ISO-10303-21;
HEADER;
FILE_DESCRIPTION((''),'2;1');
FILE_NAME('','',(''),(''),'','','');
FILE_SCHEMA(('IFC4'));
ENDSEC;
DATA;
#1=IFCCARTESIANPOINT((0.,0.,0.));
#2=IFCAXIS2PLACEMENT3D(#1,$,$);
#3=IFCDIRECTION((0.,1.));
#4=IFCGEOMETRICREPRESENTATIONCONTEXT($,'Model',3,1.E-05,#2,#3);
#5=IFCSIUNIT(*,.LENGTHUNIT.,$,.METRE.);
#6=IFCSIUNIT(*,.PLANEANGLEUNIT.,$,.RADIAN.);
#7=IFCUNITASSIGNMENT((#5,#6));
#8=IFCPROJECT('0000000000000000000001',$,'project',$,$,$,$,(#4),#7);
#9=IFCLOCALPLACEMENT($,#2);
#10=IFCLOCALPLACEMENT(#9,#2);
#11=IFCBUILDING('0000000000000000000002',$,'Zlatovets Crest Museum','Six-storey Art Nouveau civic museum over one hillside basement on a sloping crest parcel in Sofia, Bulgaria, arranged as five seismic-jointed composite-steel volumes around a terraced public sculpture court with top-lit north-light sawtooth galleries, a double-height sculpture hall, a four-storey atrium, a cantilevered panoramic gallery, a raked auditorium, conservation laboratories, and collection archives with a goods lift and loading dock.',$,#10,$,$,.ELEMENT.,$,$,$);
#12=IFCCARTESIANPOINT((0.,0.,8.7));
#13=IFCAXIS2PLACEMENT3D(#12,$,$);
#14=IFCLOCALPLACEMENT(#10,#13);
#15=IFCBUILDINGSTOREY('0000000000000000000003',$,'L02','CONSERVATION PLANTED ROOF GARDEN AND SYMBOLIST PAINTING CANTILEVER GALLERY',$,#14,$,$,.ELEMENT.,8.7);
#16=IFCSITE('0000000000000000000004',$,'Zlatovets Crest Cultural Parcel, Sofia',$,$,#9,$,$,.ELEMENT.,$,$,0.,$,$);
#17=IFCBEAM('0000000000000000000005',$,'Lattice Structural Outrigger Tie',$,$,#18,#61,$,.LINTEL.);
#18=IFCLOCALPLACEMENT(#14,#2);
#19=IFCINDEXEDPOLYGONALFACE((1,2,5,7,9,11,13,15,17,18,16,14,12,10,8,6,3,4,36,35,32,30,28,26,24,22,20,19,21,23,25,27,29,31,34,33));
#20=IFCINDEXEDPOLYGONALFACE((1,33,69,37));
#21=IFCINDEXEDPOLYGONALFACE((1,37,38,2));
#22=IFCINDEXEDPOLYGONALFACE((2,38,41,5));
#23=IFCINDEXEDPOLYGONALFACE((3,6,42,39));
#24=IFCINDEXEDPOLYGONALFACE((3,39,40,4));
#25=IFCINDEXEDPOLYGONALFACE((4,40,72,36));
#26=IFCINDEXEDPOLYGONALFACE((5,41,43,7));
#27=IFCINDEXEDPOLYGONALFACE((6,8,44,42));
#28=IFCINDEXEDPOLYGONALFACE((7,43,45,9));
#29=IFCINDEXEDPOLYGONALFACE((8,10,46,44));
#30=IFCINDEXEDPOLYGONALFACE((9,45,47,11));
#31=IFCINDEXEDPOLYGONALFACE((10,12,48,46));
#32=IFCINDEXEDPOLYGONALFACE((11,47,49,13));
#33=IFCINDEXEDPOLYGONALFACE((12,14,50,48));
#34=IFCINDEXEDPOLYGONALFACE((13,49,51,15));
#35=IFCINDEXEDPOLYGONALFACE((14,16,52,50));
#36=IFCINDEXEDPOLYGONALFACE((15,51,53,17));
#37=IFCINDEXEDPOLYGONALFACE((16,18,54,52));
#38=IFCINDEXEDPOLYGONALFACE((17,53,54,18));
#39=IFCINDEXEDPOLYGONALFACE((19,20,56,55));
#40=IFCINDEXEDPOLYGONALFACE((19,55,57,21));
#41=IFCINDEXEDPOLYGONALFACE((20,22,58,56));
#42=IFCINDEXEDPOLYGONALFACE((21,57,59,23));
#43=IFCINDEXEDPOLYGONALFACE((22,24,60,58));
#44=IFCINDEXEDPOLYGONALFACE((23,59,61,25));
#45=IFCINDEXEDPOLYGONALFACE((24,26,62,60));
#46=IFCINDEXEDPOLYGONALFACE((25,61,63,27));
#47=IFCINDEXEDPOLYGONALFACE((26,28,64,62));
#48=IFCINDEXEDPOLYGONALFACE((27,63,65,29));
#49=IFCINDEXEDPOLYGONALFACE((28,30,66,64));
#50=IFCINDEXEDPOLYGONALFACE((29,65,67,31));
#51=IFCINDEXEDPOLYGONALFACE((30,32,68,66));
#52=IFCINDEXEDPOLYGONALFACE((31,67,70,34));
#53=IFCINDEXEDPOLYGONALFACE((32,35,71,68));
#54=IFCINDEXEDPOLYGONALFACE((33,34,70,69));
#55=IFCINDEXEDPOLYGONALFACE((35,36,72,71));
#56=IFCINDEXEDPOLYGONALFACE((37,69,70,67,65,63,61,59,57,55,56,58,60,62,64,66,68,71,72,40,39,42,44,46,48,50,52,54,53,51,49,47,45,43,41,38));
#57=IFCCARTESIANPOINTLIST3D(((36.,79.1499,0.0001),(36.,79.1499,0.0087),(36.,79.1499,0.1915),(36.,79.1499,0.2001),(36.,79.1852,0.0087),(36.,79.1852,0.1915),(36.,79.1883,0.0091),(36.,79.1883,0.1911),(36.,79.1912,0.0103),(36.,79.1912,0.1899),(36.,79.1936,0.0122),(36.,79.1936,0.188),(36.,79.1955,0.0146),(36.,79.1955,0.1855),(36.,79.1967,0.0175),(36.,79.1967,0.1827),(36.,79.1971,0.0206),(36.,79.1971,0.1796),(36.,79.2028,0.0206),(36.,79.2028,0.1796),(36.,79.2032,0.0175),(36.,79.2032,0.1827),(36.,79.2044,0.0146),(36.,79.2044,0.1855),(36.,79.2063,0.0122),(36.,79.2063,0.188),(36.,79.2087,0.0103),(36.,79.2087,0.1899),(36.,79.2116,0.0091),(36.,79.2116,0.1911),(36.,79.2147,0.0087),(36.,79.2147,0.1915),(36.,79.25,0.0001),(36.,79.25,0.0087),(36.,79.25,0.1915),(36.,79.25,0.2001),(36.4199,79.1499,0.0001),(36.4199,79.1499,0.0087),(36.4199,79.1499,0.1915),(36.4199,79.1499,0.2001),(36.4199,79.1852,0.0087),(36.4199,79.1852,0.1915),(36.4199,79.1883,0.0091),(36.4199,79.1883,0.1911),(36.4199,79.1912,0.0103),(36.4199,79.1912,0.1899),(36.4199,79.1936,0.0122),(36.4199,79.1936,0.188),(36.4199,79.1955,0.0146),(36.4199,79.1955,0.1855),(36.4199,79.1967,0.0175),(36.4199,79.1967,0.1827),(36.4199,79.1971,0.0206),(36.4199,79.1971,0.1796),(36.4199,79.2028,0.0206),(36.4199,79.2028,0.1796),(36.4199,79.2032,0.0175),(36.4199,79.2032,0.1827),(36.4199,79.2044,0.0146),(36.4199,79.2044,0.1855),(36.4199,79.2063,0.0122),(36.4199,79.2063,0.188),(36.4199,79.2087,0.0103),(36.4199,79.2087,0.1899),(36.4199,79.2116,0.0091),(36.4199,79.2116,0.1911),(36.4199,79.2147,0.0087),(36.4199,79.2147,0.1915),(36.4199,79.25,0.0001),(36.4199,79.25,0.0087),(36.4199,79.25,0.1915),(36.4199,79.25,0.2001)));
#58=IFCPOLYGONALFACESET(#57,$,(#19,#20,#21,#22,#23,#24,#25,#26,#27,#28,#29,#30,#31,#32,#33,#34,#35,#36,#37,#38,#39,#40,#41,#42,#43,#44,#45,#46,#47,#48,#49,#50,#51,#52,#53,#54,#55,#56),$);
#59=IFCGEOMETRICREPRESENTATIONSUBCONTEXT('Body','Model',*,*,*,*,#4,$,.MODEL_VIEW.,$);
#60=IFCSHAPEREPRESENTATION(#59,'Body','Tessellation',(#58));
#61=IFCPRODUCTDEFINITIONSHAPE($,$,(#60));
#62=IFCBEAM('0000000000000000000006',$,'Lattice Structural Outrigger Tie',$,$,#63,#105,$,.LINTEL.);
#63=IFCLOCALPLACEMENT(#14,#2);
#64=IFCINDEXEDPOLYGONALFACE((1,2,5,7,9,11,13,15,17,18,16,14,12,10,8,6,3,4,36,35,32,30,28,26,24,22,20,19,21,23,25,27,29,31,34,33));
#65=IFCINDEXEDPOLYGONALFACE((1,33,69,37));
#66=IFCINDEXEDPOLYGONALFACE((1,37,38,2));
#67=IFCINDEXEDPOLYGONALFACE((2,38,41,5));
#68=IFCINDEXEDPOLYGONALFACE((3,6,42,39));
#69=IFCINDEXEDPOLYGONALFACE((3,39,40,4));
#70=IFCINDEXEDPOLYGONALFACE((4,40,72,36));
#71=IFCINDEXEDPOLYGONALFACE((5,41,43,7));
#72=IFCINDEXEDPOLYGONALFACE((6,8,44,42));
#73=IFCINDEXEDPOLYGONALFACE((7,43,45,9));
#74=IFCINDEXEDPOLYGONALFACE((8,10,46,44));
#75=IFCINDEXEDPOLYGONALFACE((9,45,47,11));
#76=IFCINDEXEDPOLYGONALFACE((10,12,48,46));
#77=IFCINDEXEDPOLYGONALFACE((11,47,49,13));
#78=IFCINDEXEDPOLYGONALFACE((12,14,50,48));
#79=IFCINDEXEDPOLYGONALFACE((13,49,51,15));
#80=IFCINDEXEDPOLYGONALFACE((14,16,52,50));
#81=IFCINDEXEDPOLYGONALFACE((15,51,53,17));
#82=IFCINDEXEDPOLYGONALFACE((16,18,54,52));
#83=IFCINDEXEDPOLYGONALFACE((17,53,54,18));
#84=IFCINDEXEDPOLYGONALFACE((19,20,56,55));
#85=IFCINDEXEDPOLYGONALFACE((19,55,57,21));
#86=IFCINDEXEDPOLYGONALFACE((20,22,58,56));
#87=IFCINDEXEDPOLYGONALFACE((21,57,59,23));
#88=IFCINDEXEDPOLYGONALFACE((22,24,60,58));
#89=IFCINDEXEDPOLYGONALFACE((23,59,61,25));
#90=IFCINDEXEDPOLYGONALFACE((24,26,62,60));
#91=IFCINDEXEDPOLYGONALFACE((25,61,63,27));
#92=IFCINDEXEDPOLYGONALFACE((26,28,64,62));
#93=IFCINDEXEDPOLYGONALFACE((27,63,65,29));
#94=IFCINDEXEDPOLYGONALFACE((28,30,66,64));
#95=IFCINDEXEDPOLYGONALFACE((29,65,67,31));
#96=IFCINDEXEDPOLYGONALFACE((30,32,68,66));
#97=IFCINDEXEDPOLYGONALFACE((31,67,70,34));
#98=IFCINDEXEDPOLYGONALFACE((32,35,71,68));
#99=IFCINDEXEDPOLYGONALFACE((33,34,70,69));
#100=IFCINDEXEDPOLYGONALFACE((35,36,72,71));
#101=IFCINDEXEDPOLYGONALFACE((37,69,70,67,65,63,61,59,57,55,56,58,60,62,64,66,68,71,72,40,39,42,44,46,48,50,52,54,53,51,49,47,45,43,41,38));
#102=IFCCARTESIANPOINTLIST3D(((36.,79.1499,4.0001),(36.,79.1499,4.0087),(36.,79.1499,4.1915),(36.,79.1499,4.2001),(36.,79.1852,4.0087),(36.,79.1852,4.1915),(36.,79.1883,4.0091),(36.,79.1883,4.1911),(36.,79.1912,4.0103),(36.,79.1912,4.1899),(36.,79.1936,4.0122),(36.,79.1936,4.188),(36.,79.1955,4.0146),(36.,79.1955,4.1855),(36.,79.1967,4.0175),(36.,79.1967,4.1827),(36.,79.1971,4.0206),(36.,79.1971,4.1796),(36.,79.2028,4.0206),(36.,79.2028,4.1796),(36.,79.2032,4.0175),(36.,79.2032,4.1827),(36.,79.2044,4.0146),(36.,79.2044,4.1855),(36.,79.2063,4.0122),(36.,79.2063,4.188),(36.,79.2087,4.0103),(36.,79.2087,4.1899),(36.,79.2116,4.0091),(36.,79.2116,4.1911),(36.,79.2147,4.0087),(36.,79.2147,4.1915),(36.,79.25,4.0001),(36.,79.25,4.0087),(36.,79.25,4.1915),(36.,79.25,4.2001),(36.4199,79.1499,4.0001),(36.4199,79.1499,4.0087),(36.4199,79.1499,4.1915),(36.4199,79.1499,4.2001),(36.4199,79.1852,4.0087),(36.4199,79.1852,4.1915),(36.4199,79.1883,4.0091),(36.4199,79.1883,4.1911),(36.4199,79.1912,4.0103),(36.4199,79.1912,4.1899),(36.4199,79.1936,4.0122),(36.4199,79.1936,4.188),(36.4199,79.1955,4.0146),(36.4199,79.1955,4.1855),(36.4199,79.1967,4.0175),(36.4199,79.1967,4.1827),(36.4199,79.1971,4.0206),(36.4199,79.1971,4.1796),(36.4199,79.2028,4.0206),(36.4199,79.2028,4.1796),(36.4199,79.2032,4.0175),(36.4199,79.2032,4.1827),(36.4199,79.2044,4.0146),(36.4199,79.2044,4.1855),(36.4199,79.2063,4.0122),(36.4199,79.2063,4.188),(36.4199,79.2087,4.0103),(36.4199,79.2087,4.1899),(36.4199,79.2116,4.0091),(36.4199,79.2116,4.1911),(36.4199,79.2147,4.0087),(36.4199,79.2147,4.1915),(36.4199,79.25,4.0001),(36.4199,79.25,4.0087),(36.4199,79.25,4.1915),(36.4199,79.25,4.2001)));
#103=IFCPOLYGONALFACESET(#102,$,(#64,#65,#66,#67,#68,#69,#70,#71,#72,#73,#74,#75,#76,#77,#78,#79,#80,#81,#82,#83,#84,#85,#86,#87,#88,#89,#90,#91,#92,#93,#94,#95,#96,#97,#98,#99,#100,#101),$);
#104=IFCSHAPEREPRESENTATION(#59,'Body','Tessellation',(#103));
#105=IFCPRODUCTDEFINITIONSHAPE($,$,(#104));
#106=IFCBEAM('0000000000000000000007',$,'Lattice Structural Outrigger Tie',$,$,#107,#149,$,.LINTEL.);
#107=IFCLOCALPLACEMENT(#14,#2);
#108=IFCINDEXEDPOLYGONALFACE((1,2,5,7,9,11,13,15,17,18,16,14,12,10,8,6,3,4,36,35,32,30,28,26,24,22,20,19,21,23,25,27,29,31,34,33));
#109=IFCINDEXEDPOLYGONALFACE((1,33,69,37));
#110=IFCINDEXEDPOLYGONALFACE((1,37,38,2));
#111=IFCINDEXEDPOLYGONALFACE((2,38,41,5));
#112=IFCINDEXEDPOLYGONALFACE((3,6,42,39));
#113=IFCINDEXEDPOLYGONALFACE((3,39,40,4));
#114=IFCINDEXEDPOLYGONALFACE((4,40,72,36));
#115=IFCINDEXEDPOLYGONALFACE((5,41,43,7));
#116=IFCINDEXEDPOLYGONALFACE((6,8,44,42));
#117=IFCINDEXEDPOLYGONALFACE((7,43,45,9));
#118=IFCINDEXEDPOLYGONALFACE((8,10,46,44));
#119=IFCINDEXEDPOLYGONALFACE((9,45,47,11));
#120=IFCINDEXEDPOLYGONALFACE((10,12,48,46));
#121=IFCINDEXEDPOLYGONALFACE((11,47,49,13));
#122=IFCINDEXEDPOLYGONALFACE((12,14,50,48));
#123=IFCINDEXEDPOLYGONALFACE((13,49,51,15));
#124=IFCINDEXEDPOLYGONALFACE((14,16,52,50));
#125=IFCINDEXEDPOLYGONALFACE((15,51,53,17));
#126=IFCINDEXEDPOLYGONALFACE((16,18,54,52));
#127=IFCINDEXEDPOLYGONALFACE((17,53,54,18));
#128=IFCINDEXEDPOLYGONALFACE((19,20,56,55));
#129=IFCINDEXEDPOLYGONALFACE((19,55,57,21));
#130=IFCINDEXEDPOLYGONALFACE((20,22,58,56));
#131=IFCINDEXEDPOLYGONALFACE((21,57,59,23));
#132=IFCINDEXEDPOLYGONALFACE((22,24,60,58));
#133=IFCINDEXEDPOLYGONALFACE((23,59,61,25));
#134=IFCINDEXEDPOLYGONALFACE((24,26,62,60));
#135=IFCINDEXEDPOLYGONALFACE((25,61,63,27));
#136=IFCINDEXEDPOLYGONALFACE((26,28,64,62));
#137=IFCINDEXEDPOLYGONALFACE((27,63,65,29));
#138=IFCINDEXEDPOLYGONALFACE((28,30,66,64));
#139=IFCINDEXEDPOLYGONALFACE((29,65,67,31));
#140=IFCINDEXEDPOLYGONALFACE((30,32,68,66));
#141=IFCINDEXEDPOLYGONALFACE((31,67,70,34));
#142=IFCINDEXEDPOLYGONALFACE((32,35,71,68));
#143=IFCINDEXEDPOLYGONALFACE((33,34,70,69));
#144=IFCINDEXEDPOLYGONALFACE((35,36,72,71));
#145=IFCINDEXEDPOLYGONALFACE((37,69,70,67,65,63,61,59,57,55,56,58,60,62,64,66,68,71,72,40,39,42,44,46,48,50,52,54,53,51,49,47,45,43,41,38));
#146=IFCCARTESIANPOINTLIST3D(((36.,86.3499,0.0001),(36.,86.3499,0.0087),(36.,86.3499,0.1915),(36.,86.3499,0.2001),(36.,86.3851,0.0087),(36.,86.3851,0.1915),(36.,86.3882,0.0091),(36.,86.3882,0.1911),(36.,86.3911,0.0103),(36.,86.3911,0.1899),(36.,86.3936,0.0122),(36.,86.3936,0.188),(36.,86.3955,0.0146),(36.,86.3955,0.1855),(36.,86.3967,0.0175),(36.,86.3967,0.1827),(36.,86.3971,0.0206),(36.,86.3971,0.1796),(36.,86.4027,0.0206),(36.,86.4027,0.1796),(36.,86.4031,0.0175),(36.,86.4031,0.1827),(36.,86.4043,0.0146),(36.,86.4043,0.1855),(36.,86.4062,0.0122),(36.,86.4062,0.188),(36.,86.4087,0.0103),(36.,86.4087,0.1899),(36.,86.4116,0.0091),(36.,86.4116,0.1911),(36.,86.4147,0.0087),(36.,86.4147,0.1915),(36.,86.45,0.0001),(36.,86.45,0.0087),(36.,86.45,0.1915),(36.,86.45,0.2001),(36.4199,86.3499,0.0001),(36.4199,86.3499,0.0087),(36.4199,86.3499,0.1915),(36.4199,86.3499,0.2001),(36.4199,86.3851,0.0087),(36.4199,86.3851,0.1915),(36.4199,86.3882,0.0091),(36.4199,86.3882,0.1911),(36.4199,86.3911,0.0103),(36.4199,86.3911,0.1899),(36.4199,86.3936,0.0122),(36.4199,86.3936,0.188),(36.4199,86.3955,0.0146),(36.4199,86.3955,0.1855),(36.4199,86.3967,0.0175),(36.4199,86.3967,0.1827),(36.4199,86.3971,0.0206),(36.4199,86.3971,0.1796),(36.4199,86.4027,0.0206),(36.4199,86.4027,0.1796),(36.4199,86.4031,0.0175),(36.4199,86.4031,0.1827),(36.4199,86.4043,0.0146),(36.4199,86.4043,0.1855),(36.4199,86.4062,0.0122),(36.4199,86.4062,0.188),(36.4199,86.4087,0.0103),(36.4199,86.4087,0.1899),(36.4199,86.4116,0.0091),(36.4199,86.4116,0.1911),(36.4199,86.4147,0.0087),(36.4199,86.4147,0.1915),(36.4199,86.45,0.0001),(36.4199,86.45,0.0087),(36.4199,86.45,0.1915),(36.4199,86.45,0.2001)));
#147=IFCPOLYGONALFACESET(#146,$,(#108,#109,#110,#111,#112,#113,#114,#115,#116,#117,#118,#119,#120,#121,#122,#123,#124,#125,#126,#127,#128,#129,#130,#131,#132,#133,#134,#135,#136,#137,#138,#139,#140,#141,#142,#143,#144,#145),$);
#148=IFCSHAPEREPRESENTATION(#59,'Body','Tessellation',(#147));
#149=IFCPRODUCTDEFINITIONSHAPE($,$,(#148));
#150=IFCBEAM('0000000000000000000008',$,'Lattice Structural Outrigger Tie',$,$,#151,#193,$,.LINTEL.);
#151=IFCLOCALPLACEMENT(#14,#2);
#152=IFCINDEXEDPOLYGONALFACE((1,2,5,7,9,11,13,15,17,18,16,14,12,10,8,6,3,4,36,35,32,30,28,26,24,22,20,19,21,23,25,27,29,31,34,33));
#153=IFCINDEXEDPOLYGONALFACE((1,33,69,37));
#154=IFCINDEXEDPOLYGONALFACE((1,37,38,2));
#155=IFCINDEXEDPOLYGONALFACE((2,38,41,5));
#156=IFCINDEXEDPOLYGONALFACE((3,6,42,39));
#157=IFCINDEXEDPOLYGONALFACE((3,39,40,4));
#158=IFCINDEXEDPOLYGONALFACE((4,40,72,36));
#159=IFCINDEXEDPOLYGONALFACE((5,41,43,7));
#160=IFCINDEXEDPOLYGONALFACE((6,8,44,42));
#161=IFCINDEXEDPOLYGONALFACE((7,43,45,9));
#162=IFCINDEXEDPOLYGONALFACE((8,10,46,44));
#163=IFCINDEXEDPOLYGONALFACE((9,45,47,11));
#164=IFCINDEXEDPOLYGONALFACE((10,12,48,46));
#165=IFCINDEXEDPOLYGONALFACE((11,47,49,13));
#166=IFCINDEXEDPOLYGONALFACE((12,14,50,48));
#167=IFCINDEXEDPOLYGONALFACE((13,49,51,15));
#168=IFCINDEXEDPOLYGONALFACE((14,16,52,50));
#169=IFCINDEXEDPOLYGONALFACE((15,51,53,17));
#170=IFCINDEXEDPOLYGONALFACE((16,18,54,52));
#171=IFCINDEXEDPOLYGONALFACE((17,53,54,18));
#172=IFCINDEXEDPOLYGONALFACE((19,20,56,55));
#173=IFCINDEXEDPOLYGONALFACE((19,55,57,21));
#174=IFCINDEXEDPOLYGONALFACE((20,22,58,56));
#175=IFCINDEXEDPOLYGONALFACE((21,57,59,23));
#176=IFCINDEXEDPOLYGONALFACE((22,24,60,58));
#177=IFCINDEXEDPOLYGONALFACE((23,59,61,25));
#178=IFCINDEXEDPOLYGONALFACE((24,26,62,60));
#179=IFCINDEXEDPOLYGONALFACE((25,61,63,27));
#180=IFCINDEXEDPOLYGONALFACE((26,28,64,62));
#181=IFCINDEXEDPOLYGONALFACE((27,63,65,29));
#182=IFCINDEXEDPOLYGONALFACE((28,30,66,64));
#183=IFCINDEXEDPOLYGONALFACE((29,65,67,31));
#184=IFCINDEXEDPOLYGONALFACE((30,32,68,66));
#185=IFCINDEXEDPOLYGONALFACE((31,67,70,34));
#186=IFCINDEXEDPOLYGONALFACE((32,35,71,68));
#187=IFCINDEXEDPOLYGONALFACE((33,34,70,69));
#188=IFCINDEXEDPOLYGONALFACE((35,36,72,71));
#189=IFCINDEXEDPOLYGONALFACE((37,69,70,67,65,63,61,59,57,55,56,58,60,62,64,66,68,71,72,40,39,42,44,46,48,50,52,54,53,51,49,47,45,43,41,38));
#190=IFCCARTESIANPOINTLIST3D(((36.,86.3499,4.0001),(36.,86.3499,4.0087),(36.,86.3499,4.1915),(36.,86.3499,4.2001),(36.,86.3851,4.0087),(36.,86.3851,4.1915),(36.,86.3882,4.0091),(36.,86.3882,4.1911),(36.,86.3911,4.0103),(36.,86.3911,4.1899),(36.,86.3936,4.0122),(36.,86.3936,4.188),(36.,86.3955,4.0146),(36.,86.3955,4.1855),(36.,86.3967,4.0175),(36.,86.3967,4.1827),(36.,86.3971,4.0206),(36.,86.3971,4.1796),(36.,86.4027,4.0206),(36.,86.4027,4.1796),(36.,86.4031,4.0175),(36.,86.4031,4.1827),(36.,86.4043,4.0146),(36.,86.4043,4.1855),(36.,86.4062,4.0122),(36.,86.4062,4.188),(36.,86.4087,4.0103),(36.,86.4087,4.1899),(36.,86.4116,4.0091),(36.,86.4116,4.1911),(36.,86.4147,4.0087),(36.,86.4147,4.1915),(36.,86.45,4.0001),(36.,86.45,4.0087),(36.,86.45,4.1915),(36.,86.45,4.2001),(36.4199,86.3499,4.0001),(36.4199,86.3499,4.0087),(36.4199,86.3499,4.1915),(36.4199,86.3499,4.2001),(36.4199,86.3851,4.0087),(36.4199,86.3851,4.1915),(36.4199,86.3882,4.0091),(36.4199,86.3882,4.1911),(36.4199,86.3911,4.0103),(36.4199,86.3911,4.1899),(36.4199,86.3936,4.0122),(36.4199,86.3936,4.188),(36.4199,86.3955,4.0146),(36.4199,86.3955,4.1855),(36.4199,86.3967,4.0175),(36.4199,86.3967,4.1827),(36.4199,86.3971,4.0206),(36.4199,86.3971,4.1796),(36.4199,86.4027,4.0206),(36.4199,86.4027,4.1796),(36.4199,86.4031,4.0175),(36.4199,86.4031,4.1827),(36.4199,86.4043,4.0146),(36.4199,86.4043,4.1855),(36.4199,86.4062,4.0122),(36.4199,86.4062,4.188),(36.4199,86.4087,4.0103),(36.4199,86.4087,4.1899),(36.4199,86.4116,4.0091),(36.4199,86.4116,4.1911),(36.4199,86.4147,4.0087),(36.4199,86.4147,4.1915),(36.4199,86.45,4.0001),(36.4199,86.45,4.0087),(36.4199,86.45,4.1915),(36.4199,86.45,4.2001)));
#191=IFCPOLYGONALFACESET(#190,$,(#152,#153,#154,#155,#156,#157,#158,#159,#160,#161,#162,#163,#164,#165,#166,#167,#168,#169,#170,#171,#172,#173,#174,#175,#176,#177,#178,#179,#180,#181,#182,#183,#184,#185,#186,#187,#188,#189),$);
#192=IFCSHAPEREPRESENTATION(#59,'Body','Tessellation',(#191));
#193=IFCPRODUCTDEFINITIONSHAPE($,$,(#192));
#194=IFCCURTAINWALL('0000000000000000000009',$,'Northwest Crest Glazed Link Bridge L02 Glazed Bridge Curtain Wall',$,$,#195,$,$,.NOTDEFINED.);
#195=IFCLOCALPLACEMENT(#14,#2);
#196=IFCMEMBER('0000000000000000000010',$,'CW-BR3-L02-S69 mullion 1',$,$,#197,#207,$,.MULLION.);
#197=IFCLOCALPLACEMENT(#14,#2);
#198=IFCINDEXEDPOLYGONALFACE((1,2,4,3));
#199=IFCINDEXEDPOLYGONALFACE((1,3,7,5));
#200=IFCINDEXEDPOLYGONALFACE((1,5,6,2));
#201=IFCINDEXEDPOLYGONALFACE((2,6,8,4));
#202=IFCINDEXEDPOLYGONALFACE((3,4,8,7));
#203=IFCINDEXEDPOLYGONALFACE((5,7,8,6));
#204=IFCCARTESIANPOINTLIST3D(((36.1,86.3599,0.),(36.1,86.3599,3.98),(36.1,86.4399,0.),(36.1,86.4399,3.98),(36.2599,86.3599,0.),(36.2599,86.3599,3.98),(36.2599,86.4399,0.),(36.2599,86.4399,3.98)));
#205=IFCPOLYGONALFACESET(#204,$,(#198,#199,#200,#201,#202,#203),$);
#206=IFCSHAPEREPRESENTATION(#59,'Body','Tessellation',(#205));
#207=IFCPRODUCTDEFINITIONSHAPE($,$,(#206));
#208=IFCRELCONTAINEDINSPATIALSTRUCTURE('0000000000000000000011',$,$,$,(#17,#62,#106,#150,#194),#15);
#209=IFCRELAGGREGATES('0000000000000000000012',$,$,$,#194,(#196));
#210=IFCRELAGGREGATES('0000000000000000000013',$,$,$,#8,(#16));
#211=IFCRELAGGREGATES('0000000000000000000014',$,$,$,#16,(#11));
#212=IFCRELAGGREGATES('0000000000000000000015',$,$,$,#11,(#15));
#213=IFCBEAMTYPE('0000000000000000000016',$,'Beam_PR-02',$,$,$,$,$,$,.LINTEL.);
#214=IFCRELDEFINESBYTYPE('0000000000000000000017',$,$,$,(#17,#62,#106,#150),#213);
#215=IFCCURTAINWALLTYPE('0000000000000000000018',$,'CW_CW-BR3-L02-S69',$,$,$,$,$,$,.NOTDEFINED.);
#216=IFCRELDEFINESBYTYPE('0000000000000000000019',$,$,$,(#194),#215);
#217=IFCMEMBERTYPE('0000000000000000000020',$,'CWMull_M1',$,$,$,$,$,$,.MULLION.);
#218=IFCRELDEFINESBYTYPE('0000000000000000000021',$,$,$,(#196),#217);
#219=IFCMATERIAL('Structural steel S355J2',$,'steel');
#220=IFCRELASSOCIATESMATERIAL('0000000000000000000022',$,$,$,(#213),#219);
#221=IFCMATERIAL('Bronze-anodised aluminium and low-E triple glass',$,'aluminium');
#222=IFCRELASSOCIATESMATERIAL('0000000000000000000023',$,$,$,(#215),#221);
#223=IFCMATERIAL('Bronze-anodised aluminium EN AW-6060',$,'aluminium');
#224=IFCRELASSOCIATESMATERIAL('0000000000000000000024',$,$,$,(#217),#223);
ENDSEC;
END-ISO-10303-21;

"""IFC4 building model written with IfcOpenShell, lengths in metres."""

from ifc_helpers import new_model, si_unit, direction, frame, origin, origin_2d, place, context, subcontext, project, spatial, rectangle, i_section, extrude, material, material_profile, profile_set, type_object, element, aggregate, save


model = new_model("IFC4")

# Units and contexts
model_context = context("Model", 3, precision=1e-05, world=origin(), true_north=direction((0.0, 1.0)))
body_context = subcontext(model_context, "Body", "Model", "MODEL_VIEW")
ifc_project = project(units=[si_unit("LENGTHUNIT", "METRE"), si_unit("PLANEANGLEUNIT", "RADIAN")], contexts=[model_context])

# Site, building, storey
site_placement = place(None, origin())
site = spatial("IfcSite", under=ifc_project, at=site_placement, Name="Zlatovets Crest Cultural Parcel, Sofia", CompositionType="ELEMENT", RefElevation=0.0)
building_placement = place(site_placement, origin())
building = spatial("IfcBuilding", under=site, at=building_placement, Name="Zlatovets Crest Museum", Description="Six-storey Art Nouveau civic museum over one hillside basement on a sloping crest parcel in Sofia, Bulgaria, arranged as five seismic-jointed composite-steel volumes around a terraced public sculpture court with top-lit north-light sawtooth galleries, a double-height sculpture hall, a four-storey atrium, a cantilevered panoramic gallery, a raked auditorium, conservation laboratories, and collection archives with a goods lift and loading dock.", CompositionType="ELEMENT")
storey_placement = place(building_placement, frame((0.0, 0.0, 8.7)))
storey = spatial("IfcBuildingStorey", under=building, at=storey_placement, Name="L02", Description="CONSERVATION PLANTED ROOF GARDEN AND SYMBOLIST PAINTING CANTILEVER GALLERY", CompositionType="ELEMENT", Elevation=8.7)

# Shared definitions
ifc_material_1 = material(Name="Structural steel S355J2", Category="steel")

# Beams
ifc_material_profile_1 = material_profile(ifc_material_1, i_section(OverallWidth=0.1001, OverallDepth=0.2, WebThickness=0.0056, FlangeThickness=0.0085, FilletRadius=0.012, at=origin_2d()), Name="IPE 200")
ifc_profile_set_1 = profile_set([ifc_material_profile_1], Name="Structural steel S355J2")
beam_type_1 = type_object("IfcBeamType", Name="Beam_PR-02", PredefinedType="LINTEL", material=ifc_profile_set_1)
for number, where, z_axis, x_axis, name in (
    (1, (36.0, 79.2, 0.1001), (1.0, 0.0, 0.0), (0.0, 1.0, 0.0), "Lattice Structural Outrigger Tie"),
    (2, (36.0, 79.2, 4.1001), (1.0, 0.0, 0.0), (0.0, 1.0, 0.0), "Lattice Structural Outrigger Tie"),
    (3, (36.0, 86.3999, 0.1001), (1.0, 0.0, 0.0), (0.0, 1.0, 0.0), "Lattice Structural Outrigger Tie"),
    (4, (36.0, 86.3999, 4.1001), (1.0, 0.0, 0.0), (0.0, 1.0, 0.0), "Lattice Structural Outrigger Tie"),
):
    element("IfcBeam", number, at=place(storey_placement, frame(where, z_axis=z_axis, x_axis=x_axis)), inside=storey, type_object=beam_type_1, Name=name, PredefinedType="LINTEL", context=body_context, shape_type="SweptSolid", body=[
        extrude(i_section(OverallWidth=0.1001, OverallDepth=0.2, WebThickness=0.0056, FlangeThickness=0.0085, FilletRadius=0.012, at=origin_2d()), origin(), (0.0, 0.0, 1.0), 0.4199),
    ])

# Curtain wall, member
ifc_material_2 = material(Name="Bronze-anodised aluminium and low-E triple glass", Category="aluminium")
curtain_wall_type = type_object("IfcCurtainWallType", Name="CW_CW-BR3-L02-S69", PredefinedType="NOTDEFINED", material=ifc_material_2)
curtain_wall_placement = place(storey_placement, origin())
curtain_wall = element("IfcCurtainWall", 5, at=curtain_wall_placement, inside=storey, type_object=curtain_wall_type, Name="Northwest Crest Glazed Link Bridge L02 Glazed Bridge Curtain Wall", PredefinedType="NOTDEFINED")
ifc_material_3 = material(Name="Bronze-anodised aluminium EN AW-6060", Category="aluminium")
ifc_material_profile_2 = material_profile(ifc_material_3, rectangle(XDim=0.0801, YDim=0.1599, at=origin_2d()), Name="ALU 80x160")
ifc_profile_set_2 = profile_set([ifc_material_profile_2], Name="Bronze-anodised aluminium EN AW-6060")
member_type_1 = type_object("IfcMemberType", Name="CWMull_M1", PredefinedType="MULLION", material=ifc_profile_set_2)
member_1_placement = place(storey_placement, frame((36.1799, 86.3999, 0.0), z_axis=(0.0, 0.0, 1.0), x_axis=(0.0, 1.0, 0.0)))
member_1 = element("IfcMember", 6, at=member_1_placement, type_object=member_type_1, Name="CW-BR3-L02-S69 mullion 1", PredefinedType="MULLION", context=body_context, shape_type="SweptSolid", body=[
    extrude(rectangle(XDim=0.0801, YDim=0.1599, at=origin_2d()), origin(), (0.0, 0.0, 1.0), 3.98),
])
aggregate(curtain_wall, [member_1])

save(model, "model.ifc")
